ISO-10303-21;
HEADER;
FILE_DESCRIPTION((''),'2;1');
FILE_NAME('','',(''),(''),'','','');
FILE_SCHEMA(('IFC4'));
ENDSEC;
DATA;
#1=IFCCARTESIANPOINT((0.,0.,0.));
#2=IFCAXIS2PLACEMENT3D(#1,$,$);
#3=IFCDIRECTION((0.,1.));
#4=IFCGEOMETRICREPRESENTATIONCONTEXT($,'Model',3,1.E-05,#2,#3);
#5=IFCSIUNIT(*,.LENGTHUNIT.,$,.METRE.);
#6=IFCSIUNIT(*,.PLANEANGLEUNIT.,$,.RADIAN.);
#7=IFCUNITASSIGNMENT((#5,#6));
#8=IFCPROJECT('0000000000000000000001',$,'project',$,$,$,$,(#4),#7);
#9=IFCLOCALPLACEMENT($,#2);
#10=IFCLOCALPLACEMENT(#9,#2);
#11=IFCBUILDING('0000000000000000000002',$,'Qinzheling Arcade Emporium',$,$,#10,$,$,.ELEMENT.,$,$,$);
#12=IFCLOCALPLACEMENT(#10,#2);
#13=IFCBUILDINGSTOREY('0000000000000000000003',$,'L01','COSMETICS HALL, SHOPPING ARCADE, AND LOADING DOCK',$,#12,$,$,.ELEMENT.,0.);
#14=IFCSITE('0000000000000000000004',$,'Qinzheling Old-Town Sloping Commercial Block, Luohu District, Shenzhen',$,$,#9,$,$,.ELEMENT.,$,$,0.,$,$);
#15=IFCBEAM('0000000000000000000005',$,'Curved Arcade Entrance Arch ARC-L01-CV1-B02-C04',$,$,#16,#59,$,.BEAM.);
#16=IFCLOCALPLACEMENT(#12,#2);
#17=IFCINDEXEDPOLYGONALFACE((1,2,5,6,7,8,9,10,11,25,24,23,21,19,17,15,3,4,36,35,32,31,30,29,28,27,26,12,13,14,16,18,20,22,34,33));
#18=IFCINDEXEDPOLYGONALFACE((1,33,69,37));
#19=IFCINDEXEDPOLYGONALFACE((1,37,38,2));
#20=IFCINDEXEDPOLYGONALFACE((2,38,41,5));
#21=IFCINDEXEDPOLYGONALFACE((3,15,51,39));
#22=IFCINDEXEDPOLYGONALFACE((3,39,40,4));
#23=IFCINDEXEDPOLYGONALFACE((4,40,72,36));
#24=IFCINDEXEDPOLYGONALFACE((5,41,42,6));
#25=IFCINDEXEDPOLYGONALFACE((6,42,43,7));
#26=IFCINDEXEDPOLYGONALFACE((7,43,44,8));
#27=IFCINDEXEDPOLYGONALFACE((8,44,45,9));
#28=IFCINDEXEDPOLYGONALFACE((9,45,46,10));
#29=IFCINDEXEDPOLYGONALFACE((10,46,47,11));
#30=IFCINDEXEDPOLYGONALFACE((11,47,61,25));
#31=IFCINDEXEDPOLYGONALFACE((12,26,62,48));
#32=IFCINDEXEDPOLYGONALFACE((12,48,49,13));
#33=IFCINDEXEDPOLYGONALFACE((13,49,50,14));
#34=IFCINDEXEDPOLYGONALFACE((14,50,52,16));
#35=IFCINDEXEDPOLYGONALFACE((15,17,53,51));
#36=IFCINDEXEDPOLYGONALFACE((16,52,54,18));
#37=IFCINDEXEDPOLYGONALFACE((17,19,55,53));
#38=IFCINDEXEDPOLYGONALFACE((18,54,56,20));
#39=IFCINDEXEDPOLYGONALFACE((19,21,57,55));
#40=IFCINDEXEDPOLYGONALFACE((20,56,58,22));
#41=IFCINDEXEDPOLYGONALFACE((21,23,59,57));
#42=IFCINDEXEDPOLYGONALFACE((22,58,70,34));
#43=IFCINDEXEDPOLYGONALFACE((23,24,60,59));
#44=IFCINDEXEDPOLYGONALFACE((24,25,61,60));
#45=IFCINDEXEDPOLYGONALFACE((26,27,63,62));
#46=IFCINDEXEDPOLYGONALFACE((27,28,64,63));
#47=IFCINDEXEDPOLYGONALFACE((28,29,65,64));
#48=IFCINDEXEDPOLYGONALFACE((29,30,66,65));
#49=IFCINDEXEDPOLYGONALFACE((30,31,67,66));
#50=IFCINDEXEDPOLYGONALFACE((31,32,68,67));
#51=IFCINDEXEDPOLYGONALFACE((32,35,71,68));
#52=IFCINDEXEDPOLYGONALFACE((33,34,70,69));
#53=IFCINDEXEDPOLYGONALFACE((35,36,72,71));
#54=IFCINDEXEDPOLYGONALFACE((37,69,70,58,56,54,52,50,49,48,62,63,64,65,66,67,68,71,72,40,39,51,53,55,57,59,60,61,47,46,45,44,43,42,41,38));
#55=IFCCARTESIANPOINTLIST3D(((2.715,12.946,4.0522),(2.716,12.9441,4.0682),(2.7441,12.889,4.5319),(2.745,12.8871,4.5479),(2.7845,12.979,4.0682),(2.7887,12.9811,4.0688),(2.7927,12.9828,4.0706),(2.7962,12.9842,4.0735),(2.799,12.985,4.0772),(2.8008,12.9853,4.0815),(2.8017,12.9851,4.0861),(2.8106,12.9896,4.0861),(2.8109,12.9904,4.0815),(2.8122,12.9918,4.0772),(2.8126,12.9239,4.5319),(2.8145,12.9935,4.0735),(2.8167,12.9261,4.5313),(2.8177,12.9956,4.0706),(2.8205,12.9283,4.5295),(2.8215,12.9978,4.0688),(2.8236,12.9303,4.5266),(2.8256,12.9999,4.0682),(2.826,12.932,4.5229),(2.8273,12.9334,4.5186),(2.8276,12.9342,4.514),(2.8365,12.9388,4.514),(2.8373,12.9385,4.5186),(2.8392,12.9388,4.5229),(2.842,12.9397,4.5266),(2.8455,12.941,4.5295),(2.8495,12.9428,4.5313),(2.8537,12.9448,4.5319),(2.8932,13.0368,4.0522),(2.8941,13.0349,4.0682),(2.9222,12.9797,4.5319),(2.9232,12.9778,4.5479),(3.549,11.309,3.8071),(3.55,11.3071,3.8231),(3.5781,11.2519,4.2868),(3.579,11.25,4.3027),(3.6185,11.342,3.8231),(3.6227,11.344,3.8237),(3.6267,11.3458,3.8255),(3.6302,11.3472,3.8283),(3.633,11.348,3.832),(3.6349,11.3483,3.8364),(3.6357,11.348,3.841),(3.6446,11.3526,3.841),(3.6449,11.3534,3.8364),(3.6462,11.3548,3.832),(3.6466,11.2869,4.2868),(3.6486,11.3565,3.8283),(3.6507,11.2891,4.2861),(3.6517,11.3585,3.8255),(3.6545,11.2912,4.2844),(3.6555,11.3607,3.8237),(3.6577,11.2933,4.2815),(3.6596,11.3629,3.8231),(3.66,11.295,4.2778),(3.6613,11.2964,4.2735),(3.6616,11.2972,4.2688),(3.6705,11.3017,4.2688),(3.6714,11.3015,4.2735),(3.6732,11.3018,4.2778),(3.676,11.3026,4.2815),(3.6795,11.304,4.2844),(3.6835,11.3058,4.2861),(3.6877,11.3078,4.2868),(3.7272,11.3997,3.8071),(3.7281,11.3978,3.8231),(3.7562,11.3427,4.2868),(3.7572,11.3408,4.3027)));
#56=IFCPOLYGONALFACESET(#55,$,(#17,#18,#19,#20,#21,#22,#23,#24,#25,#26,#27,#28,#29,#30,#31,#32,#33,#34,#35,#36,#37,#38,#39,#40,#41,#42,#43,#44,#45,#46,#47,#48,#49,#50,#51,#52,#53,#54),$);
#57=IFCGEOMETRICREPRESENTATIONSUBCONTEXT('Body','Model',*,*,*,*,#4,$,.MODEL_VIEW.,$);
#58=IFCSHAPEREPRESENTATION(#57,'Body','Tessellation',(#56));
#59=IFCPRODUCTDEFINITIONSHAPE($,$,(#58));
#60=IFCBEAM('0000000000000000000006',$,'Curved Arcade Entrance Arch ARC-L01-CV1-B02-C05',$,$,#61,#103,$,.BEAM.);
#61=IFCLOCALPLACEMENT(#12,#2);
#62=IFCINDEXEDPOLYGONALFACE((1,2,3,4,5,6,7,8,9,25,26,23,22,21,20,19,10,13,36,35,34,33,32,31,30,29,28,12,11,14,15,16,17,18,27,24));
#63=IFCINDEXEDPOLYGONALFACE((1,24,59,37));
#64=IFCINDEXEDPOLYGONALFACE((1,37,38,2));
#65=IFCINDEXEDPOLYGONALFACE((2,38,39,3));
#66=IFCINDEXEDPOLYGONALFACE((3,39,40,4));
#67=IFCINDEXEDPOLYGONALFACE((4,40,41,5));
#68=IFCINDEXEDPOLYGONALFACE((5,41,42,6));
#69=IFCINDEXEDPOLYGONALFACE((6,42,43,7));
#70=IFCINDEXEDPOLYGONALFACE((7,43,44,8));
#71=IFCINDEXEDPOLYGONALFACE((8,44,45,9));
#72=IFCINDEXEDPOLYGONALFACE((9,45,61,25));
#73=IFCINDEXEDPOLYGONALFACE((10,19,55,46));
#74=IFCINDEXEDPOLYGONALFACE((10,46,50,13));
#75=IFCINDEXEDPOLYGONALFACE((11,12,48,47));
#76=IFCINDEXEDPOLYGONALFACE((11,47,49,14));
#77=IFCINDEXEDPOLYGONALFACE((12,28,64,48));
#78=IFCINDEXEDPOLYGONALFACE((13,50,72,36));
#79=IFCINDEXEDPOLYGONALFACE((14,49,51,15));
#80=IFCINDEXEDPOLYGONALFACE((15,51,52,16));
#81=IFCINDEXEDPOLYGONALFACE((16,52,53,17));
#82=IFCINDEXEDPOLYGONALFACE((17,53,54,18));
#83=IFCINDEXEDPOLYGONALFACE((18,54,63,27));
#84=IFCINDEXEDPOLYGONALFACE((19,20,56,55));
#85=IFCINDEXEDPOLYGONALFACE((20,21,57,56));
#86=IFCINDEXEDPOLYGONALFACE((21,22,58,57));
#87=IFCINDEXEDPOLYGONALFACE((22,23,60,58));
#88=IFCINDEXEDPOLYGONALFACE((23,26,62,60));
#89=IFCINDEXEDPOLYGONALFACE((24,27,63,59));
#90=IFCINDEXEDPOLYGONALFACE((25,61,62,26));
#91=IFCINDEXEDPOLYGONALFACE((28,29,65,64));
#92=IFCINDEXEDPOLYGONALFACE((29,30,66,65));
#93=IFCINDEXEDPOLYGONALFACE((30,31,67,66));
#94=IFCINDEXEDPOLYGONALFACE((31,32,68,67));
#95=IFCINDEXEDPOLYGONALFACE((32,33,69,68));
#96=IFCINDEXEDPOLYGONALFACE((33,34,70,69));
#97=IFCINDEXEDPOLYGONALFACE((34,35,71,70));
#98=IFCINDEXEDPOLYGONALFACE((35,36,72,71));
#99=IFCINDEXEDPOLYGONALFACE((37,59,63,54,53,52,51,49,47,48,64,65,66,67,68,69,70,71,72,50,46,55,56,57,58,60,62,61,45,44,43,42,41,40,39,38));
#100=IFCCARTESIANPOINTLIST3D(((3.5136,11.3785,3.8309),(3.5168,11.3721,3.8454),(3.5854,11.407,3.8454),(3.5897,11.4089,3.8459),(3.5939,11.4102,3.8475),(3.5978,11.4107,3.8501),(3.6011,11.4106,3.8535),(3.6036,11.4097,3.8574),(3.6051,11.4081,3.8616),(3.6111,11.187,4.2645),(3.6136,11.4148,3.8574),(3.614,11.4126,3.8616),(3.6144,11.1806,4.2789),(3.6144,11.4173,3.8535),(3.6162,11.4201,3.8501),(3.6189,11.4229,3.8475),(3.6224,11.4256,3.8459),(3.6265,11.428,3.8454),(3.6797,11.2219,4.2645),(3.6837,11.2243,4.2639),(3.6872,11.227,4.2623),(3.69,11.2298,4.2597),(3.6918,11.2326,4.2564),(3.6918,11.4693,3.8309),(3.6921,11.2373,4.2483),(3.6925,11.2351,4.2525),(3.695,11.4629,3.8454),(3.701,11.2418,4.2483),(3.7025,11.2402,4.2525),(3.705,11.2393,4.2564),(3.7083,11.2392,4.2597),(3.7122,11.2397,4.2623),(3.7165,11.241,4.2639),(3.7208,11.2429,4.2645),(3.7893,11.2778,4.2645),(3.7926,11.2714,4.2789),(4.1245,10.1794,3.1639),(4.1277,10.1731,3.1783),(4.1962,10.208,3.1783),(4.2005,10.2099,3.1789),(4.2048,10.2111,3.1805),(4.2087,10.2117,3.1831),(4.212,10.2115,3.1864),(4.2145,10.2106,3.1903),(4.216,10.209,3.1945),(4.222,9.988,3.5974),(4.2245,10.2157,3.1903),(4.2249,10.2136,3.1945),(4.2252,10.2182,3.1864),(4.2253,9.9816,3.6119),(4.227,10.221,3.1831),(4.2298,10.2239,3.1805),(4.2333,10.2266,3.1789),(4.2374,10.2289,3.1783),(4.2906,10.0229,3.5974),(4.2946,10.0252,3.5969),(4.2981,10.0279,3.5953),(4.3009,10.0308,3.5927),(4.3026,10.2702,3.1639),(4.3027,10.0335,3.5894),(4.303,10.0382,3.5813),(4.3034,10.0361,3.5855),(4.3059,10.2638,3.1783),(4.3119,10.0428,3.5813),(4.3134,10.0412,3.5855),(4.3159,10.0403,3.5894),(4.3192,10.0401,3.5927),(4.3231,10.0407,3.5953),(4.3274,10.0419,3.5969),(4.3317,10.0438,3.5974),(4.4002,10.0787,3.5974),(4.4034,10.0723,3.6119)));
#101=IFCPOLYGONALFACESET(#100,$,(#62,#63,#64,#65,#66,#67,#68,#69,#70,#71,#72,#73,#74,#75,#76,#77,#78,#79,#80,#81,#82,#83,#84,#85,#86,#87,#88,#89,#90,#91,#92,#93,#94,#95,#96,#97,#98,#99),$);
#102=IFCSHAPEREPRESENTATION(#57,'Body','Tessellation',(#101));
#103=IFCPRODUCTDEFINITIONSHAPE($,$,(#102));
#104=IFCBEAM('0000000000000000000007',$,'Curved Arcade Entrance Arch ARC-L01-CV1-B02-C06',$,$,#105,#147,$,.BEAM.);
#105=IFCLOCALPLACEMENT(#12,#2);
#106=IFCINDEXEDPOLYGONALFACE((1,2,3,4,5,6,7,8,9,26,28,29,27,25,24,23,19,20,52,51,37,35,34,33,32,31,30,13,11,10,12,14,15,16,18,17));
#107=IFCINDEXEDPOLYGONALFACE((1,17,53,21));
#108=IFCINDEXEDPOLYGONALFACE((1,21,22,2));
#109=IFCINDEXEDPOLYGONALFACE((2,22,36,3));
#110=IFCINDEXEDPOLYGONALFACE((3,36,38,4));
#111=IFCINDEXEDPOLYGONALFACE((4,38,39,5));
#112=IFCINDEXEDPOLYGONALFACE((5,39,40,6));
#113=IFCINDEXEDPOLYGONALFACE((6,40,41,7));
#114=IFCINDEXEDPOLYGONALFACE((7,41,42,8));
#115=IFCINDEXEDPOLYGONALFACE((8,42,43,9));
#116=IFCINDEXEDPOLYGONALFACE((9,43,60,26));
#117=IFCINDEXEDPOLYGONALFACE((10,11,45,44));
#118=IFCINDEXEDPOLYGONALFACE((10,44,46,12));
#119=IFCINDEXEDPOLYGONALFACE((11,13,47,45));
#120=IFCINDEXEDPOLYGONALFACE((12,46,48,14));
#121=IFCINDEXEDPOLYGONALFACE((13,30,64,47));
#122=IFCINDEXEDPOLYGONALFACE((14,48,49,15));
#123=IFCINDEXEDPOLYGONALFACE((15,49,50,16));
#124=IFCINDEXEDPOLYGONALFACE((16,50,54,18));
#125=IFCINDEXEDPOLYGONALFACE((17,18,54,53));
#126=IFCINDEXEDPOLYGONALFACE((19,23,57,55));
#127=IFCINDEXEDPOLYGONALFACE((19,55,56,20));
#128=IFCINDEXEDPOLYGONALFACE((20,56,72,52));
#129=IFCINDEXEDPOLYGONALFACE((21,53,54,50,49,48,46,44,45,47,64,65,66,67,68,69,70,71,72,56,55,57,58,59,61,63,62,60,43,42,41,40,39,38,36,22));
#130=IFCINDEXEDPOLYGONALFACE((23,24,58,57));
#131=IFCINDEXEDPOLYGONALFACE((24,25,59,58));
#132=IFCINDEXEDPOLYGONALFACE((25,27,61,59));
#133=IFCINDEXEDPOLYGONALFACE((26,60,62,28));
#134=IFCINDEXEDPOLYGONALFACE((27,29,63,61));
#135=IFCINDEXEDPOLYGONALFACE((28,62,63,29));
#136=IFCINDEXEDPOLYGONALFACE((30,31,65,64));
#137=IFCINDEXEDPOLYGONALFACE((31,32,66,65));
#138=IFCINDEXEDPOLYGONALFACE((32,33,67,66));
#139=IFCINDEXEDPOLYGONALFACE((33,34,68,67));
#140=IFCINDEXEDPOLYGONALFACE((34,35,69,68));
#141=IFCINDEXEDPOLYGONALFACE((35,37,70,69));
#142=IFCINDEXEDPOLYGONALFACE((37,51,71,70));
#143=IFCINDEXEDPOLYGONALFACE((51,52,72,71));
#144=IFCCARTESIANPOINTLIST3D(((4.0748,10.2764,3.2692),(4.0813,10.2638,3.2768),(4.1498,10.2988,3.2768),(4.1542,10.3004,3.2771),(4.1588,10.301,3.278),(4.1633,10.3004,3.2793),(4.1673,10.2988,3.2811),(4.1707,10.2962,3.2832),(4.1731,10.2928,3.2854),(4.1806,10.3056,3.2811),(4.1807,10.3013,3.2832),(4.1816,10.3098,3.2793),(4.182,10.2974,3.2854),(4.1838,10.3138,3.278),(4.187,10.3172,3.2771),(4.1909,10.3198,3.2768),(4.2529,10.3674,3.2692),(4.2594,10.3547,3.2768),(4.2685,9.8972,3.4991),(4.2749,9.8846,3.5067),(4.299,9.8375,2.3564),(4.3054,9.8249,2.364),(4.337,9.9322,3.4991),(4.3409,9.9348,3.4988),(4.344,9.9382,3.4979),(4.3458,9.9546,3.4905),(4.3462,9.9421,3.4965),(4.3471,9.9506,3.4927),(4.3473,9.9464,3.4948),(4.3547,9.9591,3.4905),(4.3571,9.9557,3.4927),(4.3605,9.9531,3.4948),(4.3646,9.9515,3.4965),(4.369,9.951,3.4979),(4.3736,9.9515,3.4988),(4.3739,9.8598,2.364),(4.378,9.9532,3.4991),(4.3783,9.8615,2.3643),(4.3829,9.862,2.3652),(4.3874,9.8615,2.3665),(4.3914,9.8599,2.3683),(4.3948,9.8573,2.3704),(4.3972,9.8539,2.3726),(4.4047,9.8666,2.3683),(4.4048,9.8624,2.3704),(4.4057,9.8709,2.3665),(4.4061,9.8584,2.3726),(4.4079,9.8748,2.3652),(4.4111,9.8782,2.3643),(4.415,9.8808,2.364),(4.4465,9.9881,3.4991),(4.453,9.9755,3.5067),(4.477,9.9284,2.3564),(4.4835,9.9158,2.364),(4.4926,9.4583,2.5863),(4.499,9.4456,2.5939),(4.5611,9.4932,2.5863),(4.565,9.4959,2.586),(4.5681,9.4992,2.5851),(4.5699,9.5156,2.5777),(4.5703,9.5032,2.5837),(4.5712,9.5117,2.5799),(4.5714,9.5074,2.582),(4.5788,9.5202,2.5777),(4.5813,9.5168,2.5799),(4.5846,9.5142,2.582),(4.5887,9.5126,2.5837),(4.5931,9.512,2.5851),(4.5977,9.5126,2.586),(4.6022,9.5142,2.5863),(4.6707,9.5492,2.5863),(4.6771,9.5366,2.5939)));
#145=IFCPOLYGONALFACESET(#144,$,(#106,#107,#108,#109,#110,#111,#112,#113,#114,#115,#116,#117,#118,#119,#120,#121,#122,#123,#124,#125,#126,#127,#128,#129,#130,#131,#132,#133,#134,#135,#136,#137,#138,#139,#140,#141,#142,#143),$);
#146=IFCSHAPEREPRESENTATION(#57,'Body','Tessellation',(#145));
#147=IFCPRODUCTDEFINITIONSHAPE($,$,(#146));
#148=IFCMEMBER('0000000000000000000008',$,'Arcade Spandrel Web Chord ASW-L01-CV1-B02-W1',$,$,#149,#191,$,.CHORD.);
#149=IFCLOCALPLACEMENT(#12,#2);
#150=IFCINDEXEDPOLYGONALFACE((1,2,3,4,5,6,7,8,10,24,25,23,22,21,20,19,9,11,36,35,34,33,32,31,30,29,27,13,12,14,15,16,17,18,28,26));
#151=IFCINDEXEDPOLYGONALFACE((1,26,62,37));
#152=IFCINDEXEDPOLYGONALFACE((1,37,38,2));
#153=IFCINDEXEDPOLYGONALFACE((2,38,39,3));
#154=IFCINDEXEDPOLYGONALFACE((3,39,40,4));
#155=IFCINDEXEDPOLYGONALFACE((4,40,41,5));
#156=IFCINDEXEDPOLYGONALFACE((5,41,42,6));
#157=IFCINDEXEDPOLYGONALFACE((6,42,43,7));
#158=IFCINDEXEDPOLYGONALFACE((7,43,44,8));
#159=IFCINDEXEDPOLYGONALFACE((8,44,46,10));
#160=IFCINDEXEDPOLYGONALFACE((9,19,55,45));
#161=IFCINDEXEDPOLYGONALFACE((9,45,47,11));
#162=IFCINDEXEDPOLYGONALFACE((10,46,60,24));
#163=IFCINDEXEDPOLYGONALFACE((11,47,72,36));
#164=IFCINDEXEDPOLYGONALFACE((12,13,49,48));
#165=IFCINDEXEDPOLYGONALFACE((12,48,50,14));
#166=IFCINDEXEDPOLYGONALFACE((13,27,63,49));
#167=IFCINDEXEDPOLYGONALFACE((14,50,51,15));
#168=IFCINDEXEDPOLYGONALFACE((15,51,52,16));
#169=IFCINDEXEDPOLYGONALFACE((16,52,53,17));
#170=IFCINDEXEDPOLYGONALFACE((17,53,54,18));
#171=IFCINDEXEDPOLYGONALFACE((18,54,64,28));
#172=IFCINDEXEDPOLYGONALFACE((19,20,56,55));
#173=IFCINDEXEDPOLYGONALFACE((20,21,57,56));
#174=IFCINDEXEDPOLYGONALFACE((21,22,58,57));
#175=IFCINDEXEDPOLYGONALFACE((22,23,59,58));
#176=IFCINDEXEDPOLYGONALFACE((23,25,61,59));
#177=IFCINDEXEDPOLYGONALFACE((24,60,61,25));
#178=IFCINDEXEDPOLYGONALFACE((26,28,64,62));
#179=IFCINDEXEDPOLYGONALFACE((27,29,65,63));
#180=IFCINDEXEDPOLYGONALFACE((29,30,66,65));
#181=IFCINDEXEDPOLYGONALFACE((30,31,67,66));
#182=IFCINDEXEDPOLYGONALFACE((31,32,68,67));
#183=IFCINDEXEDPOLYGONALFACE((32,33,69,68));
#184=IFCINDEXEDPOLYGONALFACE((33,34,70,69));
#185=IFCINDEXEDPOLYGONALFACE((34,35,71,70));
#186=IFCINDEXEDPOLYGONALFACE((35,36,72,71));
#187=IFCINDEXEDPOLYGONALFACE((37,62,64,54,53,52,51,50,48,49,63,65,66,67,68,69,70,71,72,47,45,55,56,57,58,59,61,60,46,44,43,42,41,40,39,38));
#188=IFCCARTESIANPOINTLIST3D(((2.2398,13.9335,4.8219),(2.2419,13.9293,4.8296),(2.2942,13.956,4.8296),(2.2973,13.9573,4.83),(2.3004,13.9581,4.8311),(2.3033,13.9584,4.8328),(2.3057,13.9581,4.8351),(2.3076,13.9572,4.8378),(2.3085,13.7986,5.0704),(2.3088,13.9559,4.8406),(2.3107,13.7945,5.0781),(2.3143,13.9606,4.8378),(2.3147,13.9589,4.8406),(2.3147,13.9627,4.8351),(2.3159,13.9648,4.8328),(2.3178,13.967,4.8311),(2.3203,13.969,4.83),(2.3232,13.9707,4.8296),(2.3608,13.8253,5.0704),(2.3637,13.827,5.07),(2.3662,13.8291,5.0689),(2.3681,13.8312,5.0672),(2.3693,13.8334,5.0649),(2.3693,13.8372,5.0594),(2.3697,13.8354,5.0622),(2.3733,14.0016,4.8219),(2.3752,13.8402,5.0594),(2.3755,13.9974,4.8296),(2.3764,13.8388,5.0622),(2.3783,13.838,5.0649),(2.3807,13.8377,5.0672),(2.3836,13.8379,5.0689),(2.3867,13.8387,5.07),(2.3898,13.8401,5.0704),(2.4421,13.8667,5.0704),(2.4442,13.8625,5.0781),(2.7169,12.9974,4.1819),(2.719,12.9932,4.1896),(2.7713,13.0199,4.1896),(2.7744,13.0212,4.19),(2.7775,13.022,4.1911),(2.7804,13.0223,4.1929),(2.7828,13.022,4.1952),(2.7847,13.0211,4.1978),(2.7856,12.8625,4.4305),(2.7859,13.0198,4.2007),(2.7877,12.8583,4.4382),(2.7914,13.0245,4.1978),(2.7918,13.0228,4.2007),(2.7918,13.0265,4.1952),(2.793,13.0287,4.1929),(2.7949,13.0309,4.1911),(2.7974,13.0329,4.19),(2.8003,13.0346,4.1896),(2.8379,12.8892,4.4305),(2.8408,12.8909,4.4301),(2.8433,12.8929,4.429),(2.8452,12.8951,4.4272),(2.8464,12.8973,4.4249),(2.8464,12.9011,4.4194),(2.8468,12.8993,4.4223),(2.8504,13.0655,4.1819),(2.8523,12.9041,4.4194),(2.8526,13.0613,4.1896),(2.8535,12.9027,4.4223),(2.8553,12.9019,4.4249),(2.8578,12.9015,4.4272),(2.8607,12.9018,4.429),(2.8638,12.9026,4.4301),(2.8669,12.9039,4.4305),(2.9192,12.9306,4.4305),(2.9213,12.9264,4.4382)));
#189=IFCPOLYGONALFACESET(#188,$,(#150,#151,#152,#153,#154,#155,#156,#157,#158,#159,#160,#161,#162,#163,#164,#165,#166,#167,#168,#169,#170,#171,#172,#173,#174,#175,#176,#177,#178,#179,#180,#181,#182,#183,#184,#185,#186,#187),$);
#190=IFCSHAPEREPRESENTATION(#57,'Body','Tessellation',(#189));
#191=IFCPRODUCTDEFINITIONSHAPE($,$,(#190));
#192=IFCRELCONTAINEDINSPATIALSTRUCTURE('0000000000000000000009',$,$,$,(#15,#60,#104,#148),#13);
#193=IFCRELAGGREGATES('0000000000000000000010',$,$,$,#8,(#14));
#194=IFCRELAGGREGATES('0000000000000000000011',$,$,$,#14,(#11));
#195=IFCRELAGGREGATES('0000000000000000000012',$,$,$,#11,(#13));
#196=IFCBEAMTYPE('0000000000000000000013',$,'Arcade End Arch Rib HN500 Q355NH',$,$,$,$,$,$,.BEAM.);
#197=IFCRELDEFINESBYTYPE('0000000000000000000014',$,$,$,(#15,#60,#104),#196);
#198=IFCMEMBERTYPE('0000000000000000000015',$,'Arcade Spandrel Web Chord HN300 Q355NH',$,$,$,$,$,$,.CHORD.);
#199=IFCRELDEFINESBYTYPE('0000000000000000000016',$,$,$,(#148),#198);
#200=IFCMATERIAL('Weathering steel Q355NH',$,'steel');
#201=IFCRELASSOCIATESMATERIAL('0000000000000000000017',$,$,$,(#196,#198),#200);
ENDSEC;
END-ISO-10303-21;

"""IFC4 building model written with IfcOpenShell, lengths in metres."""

from ifc_helpers import new_model, si_unit, direction, frame, origin, origin_2d, place, context, subcontext, project, spatial, i_section, extrude, material, material_profile, profile_set, type_object, element, save


model = new_model("IFC4")

# Units and contexts
model_context = context("Model", 3, precision=1e-05, world=origin(), true_north=direction((0.0, 1.0)))
body_context = subcontext(model_context, "Body", "Model", "MODEL_VIEW")
ifc_project = project(units=[si_unit("LENGTHUNIT", "METRE"), si_unit("PLANEANGLEUNIT", "RADIAN")], contexts=[model_context])

# Site, building, storey
site_placement = place(None, origin())
site = spatial("IfcSite", under=ifc_project, at=site_placement, Name="Qinzheling Old-Town Sloping Commercial Block, Luohu District, Shenzhen", CompositionType="ELEMENT", RefElevation=0.0)
building_placement = place(site_placement, origin())
building = spatial("IfcBuilding", under=site, at=building_placement, Name="Qinzheling Arcade Emporium", CompositionType="ELEMENT")
storey_placement = place(building_placement, origin())
storey = spatial("IfcBuildingStorey", under=building, at=storey_placement, Name="L01", Description="COSMETICS HALL, SHOPPING ARCADE, AND LOADING DOCK", CompositionType="ELEMENT", Elevation=0.0)

# Beams
ifc_material_1 = material(Name="Weathering steel Q355NH", Category="steel")
ifc_material_profile_1 = material_profile(ifc_material_1, i_section(OverallWidth=0.2, OverallDepth=0.5, WebThickness=0.01, FlangeThickness=0.0161, FilletRadius=0.0181, at=origin_2d()), Name="HN 500x200x10x16", Category="steel")
ifc_profile_set_1 = profile_set([ifc_material_profile_1], Name="Weathering steel Q355NH")
beam_type = type_object("IfcBeamType", Name="Arcade End Arch Rib HN500 Q355NH", PredefinedType="BEAM", material=ifc_profile_set_1)
beam_1_placement = place(storey_placement, frame((2.8191, 12.9619, 4.3), z_axis=(0.449964, -0.8832, -0.132249), x_axis=(0.891026, 0.453952, 0.0)))
element("IfcBeam", 1, at=beam_1_placement, inside=storey, type_object=beam_type, Name="Curved Arcade Entrance Arch ARC-L01-CV1-B02-C04", PredefinedType="BEAM", context=body_context, shape_type="SweptSolid", body=[
    extrude(i_section(OverallWidth=0.2, OverallDepth=0.5, WebThickness=0.01, FlangeThickness=0.0161, FilletRadius=0.0181, at=origin_2d()), origin(), (0.0, 0.0, 1.0), 1.8535),
])
beam_2_placement = place(storey_placement, frame((3.6531, 11.325, 4.0549), z_axis=(0.406726, -0.798333, -0.444115), x_axis=(0.891027, 0.45395, 0.0)))
element("IfcBeam", 2, at=beam_2_placement, inside=storey, type_object=beam_type, Name="Curved Arcade Entrance Arch ARC-L01-CV1-B02-C05", PredefinedType="BEAM", context=body_context, shape_type="SweptSolid", body=[
    extrude(i_section(OverallWidth=0.2, OverallDepth=0.5, WebThickness=0.01, FlangeThickness=0.0161, FilletRadius=0.0181, at=origin_2d()), origin(), (0.0, 0.0, 1.0), 1.502),
])
beam_3_placement = place(storey_placement, frame((4.2639, 10.126, 3.3879), z_axis=(0.216041, -0.423139, -0.879932), x_axis=(0.890631, 0.454727, 0.0)))
element("IfcBeam", 3, at=beam_3_placement, inside=storey, type_object=beam_type, Name="Curved Arcade Entrance Arch ARC-L01-CV1-B02-C06", PredefinedType="BEAM", context=body_context, shape_type="SweptSolid", body=[
    extrude(i_section(OverallWidth=0.2, OverallDepth=0.5, WebThickness=0.01, FlangeThickness=0.0161, FilletRadius=0.0181, at=origin_2d()), origin(), (0.0, 0.0, 1.0), 1.0374),
])

# Member
ifc_material_profile_2 = material_profile(ifc_material_1, i_section(OverallWidth=0.1499, OverallDepth=0.3, WebThickness=0.0066, FlangeThickness=0.009, FilletRadius=0.0129, at=origin_2d()), Name="HN 300x150x6.5x9", Category="steel")
ifc_profile_set_2 = profile_set([ifc_material_profile_2], Name="Weathering steel Q355NH")
member_type_1 = type_object("IfcMemberType", Name="Arcade Spandrel Web Chord HN300 Q355NH", PredefinedType="CHORD", material=ifc_profile_set_2)
member_1_placement = place(storey_placement, frame((2.8191, 12.9619, 4.3101), z_axis=(-0.387807, 0.760928, 0.520186), x_axis=(-0.890961, -0.454079, 0.0)))
element("IfcMember", 4, at=member_1_placement, inside=storey, type_object=member_type_1, Name="Arcade Spandrel Web Chord ASW-L01-CV1-B02-W1", PredefinedType="CHORD", context=body_context, shape_type="SweptSolid", body=[
    extrude(i_section(OverallWidth=0.1499, OverallDepth=0.3, WebThickness=0.0066, FlangeThickness=0.009, FilletRadius=0.0129, at=origin_2d()), origin(), (0.0, 0.0, 1.0), 1.2302),
])

save(model, "model.ifc")
